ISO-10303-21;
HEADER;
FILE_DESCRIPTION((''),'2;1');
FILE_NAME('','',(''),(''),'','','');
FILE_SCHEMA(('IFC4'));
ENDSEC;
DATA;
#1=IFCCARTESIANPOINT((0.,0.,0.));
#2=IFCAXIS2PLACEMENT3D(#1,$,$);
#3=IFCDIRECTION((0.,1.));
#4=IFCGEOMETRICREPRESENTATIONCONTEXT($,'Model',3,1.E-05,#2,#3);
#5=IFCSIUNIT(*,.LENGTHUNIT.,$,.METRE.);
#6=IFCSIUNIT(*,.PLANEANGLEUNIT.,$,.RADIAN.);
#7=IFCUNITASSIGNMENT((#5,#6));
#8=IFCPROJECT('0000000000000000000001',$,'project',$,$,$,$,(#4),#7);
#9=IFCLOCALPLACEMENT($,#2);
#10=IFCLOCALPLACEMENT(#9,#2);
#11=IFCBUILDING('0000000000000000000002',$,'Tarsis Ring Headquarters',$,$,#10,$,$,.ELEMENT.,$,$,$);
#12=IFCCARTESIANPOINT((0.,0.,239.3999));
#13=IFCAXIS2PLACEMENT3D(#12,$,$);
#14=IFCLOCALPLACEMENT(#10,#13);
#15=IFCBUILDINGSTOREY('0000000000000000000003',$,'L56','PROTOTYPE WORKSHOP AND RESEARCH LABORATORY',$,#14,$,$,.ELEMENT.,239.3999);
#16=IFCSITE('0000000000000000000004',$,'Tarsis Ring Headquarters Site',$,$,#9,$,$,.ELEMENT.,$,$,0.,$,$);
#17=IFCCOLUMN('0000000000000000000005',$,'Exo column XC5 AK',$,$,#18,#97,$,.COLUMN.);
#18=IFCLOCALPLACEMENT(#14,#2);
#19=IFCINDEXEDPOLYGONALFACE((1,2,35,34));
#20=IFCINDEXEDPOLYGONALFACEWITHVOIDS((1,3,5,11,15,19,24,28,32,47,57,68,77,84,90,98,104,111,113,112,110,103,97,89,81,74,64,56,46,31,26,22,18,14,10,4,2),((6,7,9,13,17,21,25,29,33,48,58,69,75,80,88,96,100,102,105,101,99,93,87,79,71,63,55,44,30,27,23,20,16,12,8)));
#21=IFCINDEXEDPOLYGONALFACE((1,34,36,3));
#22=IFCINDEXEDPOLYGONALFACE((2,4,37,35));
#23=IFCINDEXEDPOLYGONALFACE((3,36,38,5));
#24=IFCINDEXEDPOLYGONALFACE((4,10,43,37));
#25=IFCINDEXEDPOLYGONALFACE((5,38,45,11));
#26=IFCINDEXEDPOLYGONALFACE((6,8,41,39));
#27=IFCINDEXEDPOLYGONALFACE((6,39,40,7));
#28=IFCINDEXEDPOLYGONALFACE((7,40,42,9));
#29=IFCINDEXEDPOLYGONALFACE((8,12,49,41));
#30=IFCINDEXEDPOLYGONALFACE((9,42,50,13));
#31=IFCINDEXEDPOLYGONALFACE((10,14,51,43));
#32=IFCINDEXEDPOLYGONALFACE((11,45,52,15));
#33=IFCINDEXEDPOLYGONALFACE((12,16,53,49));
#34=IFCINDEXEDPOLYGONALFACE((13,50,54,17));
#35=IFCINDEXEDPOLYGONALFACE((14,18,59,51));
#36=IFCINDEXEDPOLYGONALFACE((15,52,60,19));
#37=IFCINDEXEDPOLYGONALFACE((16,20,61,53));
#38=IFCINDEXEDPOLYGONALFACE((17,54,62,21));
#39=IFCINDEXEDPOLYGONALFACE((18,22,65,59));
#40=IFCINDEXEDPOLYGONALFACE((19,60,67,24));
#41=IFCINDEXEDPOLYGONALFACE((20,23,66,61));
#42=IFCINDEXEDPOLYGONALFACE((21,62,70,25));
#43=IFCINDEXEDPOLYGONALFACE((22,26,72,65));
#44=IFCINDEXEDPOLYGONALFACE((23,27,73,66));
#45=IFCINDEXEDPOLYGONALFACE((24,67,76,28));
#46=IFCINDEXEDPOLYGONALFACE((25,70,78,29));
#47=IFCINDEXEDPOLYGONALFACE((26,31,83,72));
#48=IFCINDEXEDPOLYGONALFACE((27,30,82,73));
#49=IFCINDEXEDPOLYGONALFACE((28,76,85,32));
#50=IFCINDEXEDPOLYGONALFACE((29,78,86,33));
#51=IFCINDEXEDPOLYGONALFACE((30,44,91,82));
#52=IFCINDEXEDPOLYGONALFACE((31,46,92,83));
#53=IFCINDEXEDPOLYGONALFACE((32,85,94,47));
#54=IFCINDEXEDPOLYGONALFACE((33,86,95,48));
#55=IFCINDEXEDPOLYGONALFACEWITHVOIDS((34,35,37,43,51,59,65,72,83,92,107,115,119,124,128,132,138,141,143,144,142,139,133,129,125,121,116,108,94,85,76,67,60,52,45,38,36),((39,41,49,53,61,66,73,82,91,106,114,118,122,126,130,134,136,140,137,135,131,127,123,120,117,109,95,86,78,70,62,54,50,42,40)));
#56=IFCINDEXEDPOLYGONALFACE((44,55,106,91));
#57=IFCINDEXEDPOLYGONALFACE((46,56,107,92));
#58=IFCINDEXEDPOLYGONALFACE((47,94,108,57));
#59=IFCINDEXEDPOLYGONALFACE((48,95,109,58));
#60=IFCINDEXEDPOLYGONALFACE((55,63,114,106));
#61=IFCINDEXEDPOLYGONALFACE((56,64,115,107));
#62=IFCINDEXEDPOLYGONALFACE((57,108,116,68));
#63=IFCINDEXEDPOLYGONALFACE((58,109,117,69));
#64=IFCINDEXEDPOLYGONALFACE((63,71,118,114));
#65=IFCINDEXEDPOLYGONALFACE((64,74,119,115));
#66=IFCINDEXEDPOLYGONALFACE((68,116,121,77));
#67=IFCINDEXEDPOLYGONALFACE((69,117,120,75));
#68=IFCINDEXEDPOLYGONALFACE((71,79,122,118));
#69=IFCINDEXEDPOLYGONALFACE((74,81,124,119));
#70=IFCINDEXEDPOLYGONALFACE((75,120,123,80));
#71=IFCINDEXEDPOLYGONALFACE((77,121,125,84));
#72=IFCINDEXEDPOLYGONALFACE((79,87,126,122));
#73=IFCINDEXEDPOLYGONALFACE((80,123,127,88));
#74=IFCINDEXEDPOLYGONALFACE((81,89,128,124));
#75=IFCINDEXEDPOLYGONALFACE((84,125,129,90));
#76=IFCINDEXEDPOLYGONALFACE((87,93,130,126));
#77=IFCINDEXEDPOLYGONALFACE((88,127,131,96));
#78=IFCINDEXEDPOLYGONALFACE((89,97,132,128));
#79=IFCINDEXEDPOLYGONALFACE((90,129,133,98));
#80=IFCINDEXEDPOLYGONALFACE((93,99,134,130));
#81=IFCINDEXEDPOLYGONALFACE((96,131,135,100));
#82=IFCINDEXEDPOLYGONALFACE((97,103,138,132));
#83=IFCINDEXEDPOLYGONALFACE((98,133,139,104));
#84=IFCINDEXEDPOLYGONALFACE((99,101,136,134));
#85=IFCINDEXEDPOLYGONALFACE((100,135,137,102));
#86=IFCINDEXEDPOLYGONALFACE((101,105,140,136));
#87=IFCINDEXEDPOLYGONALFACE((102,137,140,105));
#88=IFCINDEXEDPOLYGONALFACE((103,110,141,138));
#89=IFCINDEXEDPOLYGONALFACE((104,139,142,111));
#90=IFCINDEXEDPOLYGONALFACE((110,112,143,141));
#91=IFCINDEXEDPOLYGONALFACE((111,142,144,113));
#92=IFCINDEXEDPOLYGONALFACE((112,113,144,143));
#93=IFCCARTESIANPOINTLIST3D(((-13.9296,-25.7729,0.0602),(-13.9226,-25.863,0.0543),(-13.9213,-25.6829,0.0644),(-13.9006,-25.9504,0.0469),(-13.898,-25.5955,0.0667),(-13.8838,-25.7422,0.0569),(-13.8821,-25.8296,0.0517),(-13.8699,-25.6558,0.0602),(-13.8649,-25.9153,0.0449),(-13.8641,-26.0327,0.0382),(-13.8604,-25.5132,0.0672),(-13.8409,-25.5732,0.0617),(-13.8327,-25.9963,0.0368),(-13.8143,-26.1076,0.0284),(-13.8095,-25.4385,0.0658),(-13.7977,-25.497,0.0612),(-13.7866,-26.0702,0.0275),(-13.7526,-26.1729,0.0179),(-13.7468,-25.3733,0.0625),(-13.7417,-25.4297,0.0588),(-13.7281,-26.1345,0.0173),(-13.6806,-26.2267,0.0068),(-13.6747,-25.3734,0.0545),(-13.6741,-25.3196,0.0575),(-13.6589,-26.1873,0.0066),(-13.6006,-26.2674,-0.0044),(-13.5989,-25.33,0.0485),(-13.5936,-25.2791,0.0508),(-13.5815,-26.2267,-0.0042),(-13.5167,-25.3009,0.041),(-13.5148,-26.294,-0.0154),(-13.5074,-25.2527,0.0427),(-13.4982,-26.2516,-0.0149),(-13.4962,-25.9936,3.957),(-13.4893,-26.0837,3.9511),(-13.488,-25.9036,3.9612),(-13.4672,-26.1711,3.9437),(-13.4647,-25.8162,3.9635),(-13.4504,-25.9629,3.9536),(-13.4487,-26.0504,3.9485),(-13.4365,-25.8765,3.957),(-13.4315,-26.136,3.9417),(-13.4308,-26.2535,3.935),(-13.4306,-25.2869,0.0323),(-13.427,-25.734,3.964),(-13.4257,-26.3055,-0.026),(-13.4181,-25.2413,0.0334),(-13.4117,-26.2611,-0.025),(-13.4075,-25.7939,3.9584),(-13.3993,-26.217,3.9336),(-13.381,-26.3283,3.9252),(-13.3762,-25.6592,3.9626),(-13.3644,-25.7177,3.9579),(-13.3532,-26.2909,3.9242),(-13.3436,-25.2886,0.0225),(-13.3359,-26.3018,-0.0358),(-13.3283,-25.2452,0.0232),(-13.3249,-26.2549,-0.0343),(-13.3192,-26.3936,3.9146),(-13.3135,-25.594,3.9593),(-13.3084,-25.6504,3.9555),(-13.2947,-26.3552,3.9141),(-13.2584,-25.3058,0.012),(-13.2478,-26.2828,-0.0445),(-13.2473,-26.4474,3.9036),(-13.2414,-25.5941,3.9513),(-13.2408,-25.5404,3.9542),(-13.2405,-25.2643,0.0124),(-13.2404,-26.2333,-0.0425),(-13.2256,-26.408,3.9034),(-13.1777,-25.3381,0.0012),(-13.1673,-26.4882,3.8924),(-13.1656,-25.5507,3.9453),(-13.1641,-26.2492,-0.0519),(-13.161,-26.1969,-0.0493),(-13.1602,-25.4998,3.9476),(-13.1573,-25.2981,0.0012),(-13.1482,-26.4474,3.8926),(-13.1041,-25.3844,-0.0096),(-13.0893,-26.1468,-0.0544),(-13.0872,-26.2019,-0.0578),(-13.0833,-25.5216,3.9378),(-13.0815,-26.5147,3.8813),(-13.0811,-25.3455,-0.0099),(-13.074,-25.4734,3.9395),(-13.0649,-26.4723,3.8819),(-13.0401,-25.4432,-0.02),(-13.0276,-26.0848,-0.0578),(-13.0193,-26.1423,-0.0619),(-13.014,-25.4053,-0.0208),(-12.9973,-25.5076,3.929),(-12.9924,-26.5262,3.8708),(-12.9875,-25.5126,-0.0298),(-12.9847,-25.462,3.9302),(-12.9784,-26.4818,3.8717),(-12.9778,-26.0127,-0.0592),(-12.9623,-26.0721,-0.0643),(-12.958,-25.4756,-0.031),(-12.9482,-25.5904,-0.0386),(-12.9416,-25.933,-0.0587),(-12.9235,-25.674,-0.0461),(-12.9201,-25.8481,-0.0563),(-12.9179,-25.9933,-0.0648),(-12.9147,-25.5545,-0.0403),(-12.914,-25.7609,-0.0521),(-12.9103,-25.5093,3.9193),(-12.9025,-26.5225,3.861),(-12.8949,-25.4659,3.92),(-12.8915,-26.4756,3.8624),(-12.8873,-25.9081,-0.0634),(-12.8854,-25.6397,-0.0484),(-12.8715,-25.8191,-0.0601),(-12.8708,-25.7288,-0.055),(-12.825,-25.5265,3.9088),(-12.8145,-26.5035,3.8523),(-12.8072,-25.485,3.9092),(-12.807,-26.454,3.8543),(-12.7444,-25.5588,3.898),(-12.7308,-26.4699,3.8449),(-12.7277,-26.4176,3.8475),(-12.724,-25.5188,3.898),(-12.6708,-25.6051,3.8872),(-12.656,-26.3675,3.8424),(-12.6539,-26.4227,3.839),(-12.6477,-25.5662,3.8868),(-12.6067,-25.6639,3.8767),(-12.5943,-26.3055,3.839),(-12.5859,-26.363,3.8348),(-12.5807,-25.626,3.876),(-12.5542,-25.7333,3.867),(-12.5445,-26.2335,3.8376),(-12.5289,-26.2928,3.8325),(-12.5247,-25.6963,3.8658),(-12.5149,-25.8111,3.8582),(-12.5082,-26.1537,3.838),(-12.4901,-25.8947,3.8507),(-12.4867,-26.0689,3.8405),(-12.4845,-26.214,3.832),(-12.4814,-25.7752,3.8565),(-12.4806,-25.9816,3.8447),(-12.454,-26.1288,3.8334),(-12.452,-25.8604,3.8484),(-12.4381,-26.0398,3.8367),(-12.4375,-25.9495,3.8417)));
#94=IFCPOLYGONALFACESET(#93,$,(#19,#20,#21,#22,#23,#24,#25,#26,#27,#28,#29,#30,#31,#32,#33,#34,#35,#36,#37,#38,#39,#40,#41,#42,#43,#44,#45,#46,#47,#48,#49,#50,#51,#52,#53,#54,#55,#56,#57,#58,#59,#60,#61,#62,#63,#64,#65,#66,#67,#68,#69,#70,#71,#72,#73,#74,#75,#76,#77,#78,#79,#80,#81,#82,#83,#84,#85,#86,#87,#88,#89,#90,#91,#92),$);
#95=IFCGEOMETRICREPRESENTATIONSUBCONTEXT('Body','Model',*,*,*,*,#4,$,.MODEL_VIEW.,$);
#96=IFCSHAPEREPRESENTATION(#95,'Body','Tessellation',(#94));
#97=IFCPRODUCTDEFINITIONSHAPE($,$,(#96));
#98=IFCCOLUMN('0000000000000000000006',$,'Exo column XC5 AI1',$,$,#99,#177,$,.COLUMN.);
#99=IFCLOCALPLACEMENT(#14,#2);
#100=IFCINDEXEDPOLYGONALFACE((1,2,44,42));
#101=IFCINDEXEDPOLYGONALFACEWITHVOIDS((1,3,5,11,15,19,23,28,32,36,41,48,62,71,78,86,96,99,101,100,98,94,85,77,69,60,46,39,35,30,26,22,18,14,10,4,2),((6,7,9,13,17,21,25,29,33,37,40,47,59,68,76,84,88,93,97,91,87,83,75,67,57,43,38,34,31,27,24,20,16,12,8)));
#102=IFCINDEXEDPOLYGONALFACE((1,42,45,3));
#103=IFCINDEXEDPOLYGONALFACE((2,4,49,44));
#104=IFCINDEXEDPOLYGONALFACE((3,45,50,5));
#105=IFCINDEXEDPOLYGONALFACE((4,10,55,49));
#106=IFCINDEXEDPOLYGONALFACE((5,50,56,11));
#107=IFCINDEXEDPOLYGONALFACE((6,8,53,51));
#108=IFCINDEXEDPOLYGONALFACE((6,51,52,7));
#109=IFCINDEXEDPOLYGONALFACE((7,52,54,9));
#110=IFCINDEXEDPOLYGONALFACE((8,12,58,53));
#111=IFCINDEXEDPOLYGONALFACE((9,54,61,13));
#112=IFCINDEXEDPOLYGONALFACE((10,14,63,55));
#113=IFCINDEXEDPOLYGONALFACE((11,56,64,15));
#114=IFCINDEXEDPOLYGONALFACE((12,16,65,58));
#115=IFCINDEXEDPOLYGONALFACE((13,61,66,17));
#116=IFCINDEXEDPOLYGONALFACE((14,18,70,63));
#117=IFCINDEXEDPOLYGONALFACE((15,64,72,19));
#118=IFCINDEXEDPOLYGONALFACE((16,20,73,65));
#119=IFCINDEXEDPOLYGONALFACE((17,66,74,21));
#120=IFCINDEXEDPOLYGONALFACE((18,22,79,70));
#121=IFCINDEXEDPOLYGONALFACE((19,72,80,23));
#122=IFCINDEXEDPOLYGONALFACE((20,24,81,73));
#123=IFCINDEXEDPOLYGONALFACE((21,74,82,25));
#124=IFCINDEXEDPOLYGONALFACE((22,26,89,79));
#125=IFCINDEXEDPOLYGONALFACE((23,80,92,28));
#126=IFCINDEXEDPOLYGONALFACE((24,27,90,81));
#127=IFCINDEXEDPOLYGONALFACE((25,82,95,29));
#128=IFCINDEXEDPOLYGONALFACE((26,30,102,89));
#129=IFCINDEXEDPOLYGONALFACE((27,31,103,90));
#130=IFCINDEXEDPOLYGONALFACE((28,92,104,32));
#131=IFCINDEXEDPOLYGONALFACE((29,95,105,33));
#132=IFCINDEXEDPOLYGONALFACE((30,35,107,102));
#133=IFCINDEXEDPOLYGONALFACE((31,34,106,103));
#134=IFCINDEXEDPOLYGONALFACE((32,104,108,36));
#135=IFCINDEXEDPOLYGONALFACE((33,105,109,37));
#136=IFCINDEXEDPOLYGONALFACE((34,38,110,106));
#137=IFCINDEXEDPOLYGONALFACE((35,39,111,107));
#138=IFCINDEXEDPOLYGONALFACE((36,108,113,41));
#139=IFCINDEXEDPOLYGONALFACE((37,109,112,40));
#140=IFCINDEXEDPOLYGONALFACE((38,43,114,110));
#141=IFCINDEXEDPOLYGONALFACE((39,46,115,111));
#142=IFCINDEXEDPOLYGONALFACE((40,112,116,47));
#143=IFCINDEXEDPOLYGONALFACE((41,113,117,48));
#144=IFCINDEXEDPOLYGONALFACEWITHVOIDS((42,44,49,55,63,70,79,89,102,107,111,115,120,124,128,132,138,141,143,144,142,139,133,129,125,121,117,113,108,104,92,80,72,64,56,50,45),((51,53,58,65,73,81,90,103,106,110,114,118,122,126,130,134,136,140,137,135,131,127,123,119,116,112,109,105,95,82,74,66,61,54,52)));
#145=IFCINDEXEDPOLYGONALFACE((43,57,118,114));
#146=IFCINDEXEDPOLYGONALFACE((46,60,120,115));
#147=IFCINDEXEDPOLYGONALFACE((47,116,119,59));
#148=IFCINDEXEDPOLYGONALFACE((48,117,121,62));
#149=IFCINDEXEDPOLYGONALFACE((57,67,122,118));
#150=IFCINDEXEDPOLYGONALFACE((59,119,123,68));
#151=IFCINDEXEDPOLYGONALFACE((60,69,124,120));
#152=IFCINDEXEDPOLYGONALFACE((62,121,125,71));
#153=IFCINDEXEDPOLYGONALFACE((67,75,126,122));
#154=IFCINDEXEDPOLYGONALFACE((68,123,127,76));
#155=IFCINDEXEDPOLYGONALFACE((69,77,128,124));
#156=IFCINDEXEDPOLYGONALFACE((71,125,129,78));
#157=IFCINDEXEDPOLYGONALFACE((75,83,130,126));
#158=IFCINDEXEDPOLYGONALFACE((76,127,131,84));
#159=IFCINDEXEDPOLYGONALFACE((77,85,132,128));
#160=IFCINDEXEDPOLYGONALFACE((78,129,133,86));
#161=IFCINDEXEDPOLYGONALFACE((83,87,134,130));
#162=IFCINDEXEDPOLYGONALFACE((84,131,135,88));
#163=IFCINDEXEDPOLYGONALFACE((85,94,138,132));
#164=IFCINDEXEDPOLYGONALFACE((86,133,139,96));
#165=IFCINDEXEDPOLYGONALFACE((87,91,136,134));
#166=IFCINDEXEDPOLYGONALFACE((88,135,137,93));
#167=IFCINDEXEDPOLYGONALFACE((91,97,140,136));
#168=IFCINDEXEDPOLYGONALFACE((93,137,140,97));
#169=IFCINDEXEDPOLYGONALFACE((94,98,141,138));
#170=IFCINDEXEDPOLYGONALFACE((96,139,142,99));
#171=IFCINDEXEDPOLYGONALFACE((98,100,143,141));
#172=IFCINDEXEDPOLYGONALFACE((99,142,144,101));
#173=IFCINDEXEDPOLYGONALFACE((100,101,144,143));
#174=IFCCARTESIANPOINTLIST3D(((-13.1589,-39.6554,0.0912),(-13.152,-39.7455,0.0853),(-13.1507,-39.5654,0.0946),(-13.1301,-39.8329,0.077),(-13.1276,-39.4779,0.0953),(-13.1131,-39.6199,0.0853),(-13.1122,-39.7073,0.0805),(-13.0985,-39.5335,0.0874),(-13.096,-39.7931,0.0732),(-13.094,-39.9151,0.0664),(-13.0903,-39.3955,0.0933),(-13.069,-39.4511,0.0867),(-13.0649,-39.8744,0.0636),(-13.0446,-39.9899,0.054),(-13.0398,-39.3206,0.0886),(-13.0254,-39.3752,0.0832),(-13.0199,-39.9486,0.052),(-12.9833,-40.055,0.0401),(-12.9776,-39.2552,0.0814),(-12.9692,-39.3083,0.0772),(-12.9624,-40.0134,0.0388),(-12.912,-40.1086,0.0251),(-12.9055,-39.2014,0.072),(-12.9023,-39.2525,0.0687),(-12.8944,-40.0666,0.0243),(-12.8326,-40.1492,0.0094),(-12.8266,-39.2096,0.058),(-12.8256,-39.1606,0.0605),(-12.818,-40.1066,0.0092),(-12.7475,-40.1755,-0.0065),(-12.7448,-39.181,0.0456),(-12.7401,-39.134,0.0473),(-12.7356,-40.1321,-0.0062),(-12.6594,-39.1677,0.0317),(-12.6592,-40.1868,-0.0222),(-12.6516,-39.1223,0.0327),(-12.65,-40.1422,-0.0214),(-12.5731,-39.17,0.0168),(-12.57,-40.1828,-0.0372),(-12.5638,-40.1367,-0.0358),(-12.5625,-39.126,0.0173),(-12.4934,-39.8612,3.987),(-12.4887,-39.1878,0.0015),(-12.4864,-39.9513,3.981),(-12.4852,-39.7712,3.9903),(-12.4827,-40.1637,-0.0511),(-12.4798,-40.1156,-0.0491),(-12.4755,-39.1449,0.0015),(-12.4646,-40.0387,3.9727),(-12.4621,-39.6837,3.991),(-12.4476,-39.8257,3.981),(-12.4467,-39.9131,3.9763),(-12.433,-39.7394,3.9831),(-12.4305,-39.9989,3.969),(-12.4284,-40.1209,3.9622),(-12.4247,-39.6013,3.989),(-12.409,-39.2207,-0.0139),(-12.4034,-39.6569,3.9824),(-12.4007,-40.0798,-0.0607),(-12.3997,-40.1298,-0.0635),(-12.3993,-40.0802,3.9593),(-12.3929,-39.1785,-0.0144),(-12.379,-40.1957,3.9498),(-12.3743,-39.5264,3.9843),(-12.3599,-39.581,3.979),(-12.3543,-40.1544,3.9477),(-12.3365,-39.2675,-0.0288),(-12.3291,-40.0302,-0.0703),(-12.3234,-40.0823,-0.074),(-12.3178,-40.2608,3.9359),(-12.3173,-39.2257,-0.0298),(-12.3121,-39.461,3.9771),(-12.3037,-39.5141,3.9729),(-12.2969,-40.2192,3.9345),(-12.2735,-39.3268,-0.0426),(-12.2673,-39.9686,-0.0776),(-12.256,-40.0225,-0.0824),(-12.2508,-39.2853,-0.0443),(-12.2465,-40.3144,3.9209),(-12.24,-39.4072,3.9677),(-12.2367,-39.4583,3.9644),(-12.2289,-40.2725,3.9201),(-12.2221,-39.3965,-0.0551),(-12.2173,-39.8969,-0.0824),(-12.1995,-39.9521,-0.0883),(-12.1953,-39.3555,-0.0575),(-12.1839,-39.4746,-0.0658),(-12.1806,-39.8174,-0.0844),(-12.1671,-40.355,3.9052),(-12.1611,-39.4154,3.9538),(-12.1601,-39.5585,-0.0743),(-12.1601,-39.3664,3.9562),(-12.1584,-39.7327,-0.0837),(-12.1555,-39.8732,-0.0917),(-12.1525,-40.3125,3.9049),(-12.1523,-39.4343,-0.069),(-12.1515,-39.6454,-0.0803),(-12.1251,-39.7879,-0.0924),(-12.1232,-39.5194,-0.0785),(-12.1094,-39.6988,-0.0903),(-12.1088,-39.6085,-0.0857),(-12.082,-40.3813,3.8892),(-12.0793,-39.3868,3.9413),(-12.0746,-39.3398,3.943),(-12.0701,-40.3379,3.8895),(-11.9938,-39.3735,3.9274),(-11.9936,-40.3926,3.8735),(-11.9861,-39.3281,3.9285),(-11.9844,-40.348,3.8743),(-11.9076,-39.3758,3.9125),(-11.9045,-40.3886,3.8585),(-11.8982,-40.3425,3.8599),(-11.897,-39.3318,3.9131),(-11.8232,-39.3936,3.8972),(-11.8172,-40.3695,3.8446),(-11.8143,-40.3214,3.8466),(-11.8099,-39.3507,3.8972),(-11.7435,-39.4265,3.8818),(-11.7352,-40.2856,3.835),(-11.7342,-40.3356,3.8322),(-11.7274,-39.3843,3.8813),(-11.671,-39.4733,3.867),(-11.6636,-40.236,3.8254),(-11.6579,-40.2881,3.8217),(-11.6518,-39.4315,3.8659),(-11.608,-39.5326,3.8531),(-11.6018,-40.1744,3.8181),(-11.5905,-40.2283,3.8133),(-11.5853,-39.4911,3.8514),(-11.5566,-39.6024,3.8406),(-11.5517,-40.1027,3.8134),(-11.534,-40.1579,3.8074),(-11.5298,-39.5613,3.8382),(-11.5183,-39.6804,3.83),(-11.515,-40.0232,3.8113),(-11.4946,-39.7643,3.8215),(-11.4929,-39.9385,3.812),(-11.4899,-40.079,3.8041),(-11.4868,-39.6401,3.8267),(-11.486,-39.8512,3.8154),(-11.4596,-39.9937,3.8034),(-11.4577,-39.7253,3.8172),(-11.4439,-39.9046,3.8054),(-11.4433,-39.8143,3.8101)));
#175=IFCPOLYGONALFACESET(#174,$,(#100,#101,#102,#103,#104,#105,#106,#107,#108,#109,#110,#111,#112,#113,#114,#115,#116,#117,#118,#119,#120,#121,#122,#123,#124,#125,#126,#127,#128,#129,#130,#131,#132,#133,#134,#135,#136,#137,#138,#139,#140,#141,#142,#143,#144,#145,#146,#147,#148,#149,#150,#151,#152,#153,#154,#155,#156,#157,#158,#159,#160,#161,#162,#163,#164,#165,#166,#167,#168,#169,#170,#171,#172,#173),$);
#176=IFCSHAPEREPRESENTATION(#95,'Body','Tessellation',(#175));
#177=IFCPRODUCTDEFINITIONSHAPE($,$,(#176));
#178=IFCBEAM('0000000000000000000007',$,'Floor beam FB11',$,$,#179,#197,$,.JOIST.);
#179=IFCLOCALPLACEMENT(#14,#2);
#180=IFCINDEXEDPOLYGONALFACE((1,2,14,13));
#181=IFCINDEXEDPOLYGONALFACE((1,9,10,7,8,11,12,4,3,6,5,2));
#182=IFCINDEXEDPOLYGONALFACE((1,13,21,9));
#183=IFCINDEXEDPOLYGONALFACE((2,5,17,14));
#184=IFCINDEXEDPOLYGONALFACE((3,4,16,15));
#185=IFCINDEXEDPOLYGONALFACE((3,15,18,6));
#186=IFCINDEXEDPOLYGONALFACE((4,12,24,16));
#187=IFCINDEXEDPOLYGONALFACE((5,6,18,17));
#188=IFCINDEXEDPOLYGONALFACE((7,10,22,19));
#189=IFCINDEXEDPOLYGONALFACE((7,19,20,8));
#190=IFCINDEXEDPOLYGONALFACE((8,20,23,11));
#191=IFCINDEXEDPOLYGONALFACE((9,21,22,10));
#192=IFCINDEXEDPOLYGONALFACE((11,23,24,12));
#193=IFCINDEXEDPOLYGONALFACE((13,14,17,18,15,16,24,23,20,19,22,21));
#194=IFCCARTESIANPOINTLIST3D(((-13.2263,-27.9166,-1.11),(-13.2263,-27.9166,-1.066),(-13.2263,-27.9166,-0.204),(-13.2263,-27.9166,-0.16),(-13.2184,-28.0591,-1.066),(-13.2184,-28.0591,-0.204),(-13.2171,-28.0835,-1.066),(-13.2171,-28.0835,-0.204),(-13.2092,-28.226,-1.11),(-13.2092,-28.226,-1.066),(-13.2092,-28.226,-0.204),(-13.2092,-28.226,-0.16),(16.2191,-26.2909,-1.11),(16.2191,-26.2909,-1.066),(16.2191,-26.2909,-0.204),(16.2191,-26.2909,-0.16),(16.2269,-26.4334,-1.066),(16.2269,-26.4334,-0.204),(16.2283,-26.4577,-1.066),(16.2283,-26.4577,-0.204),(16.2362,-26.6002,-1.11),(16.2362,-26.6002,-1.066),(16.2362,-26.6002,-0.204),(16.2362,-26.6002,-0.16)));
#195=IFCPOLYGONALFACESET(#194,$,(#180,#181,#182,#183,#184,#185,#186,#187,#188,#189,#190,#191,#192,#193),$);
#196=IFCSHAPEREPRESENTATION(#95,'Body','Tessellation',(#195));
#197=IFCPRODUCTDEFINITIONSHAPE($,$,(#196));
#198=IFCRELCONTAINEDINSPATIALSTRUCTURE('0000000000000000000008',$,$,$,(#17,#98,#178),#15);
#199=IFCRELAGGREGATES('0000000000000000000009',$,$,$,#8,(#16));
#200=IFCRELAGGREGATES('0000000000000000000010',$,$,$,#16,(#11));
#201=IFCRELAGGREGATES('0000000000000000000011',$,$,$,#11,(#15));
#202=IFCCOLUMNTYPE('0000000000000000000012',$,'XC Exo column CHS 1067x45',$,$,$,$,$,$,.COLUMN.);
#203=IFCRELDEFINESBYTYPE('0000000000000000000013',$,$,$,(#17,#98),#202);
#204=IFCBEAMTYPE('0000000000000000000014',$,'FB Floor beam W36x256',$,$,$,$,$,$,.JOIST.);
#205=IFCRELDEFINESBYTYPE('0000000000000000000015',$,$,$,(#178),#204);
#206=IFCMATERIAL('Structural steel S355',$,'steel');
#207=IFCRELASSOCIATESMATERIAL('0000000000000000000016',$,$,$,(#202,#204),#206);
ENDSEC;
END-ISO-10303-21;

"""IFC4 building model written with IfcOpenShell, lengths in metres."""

from ifc_helpers import new_model, si_unit, direction, frame, origin, origin_2d, place, context, subcontext, project, spatial, hollow_circle, i_section, extrude, material, material_profile, profile_set, type_object, element, save


model = new_model("IFC4")

# Units and contexts
model_context = context("Model", 3, precision=1e-05, world=origin(), true_north=direction((0.0, 1.0)))
body_context = subcontext(model_context, "Body", "Model", "MODEL_VIEW")
ifc_project = project(units=[si_unit("LENGTHUNIT", "METRE"), si_unit("PLANEANGLEUNIT", "RADIAN")], contexts=[model_context])

# Site, building, storey
site_placement = place(None, origin())
site = spatial("IfcSite", under=ifc_project, at=site_placement, Name="Tarsis Ring Headquarters Site", CompositionType="ELEMENT", RefElevation=0.0)
building_placement = place(site_placement, origin())
building = spatial("IfcBuilding", under=site, at=building_placement, Name="Tarsis Ring Headquarters", CompositionType="ELEMENT")
storey_placement = place(building_placement, frame((0.0, 0.0, 239.3999)))
storey = spatial("IfcBuildingStorey", under=building, at=storey_placement, Name="L56", Description="PROTOTYPE WORKSHOP AND RESEARCH LABORATORY", CompositionType="ELEMENT", Elevation=239.3999)

# Columns
ifc_material_1 = material(Name="Structural steel S355", Category="steel")
ifc_material_profile_1 = material_profile(ifc_material_1, hollow_circle(Radius=0.5334, WallThickness=0.0449, at=origin_2d()), Name="CHS 1067x45")
ifc_profile_set_1 = profile_set([ifc_material_profile_1], Name="Structural steel S355")
column_type = type_object("IfcColumnType", Name="XC Exo column CHS 1067x45", PredefinedType="COLUMN", material=ifc_profile_set_1)
column_1_placement = place(storey_placement, frame((-13.3994, -25.7734, 0.0012), z_axis=(0.110353, -0.056202, 0.992302), x_axis=(0.453828, 0.891089, 0.0)))
element("IfcColumn", 1, at=column_1_placement, inside=storey, type_object=column_type, Name="Exo column XC5 AK", PredefinedType="COLUMN", context=body_context, shape_type="SweptSolid", body=[
    extrude(hollow_circle(Radius=0.5334, WallThickness=0.0449, at=origin_2d()), origin(), (0.0, 0.0, 1.0), 3.927),
])
column_2_placement = place(storey_placement, frame((-12.6331, -39.6545, 0.0015), z_axis=(0.168167, -0.052005, 0.984386), x_axis=(0.29544, 0.955361, 0.0)))
element("IfcColumn", 2, at=column_2_placement, inside=storey, type_object=column_type, Name="Exo column XC5 AI1", PredefinedType="COLUMN", context=body_context, shape_type="SweptSolid", body=[
    extrude(hollow_circle(Radius=0.5334, WallThickness=0.0449, at=origin_2d()), origin(), (0.0, 0.0, 1.0), 3.9575),
])

# Beam
ifc_material_profile_2 = material_profile(ifc_material_1, i_section(OverallWidth=0.3098, OverallDepth=0.95, WebThickness=0.0244, FlangeThickness=0.0439, at=origin_2d()), Name="W36x256")
ifc_profile_set_2 = profile_set([ifc_material_profile_2], Name="Structural steel S355")
beam_type_1 = type_object("IfcBeamType", Name="FB Floor beam W36x256", PredefinedType="JOIST", material=ifc_profile_set_2)
for number, where, z_axis, x_axis, name in (
    (3, (-13.2178, -28.0713, -0.635), (0.998479, 0.055128, 0.0), (-0.055128, 0.998479, 0.0), "Floor beam FB11"),
):
    element("IfcBeam", number, at=place(storey_placement, frame(where, z_axis=z_axis, x_axis=x_axis)), inside=storey, type_object=beam_type_1, Name=name, PredefinedType="JOIST", context=body_context, shape_type="SweptSolid", body=[
        extrude(i_section(OverallWidth=0.3098, OverallDepth=0.95, WebThickness=0.0244, FlangeThickness=0.0439, at=origin_2d()), origin(), (0.0, 0.0, 1.0), 29.4902),
    ])

save(model, "model.ifc")
